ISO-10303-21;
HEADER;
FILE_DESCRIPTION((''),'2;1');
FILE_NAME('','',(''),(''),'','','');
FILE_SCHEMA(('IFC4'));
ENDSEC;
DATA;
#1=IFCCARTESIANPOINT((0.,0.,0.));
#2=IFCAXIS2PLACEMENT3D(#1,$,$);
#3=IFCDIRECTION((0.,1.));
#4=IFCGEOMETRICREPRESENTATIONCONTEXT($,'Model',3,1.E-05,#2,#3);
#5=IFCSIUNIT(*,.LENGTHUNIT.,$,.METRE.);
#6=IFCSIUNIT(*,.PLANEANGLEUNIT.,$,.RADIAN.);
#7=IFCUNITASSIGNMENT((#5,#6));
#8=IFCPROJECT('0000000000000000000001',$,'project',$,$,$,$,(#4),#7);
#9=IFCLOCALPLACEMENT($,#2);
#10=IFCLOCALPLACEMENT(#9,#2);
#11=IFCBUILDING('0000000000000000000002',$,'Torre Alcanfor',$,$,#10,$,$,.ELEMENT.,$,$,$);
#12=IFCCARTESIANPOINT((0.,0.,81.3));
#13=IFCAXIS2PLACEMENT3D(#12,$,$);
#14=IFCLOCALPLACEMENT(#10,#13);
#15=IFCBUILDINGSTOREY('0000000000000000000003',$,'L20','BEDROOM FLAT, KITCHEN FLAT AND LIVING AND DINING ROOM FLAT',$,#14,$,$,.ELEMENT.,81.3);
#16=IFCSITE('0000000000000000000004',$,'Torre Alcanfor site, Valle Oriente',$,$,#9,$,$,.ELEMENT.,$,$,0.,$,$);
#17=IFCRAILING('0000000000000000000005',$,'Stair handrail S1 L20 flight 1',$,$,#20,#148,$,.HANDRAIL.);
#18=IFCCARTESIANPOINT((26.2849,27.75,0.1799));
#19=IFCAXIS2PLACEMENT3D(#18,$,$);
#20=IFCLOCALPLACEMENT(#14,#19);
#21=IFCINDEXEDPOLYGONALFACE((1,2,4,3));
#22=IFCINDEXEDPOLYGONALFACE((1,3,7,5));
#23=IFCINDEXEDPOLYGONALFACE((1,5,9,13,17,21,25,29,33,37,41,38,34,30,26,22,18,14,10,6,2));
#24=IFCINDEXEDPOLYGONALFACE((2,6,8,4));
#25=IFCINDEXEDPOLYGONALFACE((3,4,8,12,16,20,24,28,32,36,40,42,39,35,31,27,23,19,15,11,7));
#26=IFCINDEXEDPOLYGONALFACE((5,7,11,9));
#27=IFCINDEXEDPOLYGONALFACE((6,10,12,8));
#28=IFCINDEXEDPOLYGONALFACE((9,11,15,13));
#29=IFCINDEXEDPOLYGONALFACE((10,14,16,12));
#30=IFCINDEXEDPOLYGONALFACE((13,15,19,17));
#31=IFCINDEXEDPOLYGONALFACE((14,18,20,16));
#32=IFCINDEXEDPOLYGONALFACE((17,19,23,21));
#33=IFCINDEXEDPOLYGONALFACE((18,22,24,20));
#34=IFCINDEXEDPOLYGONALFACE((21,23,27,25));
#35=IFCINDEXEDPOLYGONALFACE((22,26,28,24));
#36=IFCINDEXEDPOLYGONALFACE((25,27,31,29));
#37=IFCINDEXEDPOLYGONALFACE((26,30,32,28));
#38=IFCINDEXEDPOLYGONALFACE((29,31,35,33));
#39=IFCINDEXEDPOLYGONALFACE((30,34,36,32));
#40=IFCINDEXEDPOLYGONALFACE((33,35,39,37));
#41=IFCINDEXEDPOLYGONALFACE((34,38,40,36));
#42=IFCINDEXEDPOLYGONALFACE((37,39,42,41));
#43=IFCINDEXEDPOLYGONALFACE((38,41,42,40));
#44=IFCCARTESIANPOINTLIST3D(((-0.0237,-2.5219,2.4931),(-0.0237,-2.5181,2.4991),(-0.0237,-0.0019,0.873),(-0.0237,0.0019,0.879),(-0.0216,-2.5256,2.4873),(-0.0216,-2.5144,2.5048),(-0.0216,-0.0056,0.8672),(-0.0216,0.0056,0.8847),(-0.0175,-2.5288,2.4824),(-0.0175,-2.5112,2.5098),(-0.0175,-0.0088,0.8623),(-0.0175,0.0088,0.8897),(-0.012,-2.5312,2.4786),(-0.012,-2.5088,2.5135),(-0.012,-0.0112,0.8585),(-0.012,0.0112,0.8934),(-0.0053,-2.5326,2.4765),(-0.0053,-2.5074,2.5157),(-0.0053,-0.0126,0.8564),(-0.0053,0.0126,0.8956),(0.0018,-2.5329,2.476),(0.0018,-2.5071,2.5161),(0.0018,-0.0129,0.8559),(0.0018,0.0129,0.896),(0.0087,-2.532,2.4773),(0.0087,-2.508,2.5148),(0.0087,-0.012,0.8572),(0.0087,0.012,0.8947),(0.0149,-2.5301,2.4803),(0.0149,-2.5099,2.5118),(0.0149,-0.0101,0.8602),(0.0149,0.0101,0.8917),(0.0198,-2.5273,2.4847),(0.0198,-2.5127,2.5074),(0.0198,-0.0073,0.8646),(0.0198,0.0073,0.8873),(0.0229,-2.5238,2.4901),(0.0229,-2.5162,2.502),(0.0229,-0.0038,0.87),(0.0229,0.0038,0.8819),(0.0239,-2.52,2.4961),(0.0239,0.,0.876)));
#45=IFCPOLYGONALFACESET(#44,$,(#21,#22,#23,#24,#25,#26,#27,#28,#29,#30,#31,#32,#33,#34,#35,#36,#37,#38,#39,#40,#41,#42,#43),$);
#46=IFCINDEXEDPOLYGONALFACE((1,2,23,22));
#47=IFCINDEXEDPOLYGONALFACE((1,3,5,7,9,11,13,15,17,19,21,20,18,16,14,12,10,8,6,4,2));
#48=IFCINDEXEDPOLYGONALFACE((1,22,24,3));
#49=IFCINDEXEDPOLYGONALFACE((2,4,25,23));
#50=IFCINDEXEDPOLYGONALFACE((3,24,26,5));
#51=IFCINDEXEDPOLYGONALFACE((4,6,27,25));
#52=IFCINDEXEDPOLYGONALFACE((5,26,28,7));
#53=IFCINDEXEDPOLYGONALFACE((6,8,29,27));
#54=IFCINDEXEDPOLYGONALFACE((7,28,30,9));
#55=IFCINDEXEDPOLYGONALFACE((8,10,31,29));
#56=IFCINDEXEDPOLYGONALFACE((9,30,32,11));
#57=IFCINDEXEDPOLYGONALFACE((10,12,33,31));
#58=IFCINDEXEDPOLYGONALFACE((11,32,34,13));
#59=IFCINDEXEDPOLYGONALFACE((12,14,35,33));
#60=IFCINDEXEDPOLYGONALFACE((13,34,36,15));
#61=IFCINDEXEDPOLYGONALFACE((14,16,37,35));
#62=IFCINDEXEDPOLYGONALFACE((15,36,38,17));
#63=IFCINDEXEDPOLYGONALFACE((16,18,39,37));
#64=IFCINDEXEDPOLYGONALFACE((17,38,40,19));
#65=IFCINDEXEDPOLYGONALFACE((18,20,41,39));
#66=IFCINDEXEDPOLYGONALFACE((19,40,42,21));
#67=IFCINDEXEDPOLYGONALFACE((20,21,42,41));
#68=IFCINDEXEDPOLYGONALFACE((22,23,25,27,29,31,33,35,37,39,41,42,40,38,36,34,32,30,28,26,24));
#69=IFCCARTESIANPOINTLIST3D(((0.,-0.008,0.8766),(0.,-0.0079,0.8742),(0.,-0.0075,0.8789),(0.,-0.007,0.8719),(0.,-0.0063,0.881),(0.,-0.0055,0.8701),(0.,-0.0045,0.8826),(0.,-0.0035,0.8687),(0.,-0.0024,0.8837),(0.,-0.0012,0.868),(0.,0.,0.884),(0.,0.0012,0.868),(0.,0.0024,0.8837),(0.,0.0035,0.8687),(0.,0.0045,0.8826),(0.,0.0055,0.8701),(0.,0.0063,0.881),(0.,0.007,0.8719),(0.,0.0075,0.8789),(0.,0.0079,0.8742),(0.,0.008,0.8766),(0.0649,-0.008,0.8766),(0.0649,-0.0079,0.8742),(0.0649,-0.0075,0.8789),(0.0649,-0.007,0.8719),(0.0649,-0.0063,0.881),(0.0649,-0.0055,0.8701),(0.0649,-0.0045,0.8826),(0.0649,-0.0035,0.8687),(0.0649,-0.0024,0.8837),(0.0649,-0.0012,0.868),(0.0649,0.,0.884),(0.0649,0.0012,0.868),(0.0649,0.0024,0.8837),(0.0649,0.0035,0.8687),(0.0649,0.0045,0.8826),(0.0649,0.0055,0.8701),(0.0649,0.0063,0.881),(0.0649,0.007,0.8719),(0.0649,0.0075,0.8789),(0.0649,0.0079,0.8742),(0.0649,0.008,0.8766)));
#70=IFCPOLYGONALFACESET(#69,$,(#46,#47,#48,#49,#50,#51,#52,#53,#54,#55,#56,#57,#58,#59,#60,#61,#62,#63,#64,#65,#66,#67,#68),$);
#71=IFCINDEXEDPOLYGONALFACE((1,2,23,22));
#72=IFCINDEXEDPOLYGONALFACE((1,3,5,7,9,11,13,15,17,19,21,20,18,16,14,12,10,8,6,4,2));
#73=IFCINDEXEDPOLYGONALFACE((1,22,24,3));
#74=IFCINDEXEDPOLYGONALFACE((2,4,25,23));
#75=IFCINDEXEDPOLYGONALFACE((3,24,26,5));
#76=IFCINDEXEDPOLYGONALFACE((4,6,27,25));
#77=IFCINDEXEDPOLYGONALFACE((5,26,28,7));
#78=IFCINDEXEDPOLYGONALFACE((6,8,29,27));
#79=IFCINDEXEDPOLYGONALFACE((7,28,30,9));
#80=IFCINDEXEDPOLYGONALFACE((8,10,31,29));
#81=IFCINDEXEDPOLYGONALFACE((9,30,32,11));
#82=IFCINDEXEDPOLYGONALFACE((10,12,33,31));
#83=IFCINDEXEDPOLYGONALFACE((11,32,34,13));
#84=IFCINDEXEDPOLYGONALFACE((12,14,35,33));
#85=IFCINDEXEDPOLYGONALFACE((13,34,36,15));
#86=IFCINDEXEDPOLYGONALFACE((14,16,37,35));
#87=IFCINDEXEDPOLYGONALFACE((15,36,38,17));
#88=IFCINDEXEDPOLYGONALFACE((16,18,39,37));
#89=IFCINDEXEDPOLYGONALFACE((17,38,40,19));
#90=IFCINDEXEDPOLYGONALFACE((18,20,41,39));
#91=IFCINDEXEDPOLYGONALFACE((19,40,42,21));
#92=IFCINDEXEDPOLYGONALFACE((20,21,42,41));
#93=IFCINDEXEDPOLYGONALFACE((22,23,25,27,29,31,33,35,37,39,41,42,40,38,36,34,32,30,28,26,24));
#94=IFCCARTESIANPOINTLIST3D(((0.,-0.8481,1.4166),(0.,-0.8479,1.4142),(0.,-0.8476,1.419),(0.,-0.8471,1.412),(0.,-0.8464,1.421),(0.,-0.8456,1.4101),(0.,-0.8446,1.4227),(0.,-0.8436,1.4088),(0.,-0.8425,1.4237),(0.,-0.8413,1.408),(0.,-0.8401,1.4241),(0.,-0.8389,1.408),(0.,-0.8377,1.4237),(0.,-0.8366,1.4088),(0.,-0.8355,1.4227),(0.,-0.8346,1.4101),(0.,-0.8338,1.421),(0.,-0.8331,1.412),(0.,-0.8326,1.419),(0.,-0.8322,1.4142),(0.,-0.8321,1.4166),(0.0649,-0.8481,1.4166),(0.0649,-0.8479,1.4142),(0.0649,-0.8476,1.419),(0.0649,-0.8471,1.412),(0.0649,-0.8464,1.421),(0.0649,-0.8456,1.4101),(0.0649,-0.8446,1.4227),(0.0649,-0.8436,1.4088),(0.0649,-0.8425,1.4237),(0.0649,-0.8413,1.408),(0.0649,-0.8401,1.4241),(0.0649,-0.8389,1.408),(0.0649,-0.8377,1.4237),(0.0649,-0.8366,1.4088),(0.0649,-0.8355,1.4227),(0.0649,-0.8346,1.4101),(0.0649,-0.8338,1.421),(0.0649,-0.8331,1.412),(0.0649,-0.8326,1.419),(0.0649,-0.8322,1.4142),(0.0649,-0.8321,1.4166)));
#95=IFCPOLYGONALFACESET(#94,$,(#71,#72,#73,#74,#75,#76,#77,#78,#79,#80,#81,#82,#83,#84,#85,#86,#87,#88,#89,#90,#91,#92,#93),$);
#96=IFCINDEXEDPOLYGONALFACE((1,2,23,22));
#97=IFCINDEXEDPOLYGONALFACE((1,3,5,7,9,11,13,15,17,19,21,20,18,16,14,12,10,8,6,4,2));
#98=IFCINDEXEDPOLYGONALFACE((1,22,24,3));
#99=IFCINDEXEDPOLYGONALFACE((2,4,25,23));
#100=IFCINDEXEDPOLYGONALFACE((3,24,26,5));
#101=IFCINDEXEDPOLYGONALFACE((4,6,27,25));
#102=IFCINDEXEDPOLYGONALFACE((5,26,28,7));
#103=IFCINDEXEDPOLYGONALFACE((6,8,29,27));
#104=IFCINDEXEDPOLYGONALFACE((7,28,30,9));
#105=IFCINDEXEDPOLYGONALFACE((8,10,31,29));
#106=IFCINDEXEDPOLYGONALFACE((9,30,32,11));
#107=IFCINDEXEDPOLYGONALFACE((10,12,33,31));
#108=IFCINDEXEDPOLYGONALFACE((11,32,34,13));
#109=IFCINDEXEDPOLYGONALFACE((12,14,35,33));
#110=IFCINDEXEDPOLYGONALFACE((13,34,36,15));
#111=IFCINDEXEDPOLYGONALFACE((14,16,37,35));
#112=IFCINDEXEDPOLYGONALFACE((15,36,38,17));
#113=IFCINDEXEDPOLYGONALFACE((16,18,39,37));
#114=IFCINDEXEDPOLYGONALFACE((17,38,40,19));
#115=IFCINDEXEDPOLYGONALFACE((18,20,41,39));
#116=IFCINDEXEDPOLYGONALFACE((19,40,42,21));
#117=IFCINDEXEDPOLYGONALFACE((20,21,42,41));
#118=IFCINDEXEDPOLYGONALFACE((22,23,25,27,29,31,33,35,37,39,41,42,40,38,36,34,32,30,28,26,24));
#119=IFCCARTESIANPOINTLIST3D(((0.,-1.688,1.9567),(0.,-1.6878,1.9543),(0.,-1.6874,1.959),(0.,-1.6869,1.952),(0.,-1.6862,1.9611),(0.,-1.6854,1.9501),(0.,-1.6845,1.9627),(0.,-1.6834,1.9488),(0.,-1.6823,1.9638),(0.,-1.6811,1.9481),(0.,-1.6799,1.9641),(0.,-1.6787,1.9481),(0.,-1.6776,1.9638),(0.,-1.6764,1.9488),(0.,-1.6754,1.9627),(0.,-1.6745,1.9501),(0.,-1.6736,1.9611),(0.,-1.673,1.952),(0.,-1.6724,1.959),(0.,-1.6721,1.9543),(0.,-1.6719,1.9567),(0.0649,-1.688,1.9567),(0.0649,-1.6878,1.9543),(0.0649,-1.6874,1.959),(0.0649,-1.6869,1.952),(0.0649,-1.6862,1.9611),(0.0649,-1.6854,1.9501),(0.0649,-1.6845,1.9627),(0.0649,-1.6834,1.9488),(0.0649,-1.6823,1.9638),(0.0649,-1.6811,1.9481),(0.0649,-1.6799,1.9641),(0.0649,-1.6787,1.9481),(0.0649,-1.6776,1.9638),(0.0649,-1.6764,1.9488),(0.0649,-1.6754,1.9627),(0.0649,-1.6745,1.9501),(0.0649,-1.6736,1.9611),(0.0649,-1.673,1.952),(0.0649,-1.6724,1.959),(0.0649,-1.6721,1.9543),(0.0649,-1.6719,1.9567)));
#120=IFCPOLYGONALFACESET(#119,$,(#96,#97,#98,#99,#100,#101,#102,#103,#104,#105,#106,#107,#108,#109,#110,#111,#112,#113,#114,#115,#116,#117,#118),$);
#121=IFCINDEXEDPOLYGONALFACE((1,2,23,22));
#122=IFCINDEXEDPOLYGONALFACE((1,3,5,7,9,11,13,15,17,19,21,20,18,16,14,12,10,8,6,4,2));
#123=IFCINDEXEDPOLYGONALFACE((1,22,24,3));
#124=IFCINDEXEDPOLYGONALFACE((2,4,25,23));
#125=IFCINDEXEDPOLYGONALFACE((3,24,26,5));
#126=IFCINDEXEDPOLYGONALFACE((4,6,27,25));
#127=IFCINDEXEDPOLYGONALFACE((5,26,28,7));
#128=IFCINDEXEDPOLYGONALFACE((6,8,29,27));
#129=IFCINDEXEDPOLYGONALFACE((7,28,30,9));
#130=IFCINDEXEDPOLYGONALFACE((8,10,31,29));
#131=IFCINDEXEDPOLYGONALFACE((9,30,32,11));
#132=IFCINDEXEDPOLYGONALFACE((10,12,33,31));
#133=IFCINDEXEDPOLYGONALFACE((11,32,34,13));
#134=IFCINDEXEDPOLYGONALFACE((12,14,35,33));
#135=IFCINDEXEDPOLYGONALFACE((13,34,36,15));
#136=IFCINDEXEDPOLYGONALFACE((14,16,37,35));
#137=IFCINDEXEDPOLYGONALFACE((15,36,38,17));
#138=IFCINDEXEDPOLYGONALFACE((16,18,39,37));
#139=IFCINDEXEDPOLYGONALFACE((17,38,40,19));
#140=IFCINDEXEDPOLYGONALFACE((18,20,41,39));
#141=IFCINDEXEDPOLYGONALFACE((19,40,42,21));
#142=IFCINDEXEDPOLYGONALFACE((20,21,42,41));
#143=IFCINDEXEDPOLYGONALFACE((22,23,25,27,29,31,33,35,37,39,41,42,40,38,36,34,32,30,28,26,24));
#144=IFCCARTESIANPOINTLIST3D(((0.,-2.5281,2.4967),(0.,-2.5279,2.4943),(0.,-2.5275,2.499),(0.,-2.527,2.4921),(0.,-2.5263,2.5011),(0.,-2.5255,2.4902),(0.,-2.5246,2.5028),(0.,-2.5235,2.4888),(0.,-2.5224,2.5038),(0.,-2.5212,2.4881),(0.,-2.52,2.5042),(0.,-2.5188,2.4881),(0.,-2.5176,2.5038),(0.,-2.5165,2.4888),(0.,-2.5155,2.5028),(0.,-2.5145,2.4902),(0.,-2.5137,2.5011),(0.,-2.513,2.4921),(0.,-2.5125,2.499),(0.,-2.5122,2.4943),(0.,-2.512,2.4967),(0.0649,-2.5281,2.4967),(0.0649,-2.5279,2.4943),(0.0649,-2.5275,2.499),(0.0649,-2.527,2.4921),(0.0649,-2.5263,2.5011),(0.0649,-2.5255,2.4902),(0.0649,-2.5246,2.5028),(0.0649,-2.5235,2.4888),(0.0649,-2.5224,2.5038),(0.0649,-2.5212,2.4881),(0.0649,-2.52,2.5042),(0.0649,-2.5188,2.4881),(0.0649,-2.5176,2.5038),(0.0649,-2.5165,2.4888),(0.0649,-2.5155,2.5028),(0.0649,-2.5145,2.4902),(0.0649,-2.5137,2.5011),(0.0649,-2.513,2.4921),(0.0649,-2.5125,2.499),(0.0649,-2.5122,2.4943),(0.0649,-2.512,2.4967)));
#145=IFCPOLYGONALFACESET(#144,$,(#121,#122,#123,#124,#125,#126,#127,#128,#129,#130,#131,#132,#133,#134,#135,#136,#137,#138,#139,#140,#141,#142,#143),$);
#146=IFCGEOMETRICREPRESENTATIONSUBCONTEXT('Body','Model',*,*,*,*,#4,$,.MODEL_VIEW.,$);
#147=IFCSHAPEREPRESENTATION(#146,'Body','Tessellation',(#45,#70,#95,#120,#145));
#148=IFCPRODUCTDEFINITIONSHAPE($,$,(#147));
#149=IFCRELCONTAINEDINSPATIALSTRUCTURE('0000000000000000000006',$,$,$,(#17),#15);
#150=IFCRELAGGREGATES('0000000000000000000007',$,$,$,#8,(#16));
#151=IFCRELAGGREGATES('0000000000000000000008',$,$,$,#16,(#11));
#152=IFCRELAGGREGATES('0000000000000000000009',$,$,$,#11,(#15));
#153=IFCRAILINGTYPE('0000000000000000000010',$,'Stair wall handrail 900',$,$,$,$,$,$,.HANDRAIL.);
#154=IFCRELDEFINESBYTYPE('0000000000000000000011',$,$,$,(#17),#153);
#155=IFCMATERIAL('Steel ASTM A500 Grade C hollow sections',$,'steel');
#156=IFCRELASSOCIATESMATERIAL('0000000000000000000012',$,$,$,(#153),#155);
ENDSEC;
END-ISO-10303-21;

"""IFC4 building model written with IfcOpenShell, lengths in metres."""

from ifc_helpers import new_model, si_unit, direction, frame, origin, origin_2d, place, context, subcontext, project, spatial, circle, extrude, material, type_object, element, save


model = new_model("IFC4")

# Units and contexts
model_context = context("Model", 3, precision=1e-05, world=origin(), true_north=direction((0.0, 1.0)))
body_context = subcontext(model_context, "Body", "Model", "MODEL_VIEW")
ifc_project = project(units=[si_unit("LENGTHUNIT", "METRE"), si_unit("PLANEANGLEUNIT", "RADIAN")], contexts=[model_context])

# Site, building, storey
site_placement = place(None, origin())
site = spatial("IfcSite", under=ifc_project, at=site_placement, Name="Torre Alcanfor site, Valle Oriente", CompositionType="ELEMENT", RefElevation=0.0)
building_placement = place(site_placement, origin())
building = spatial("IfcBuilding", under=site, at=building_placement, Name="Torre Alcanfor", CompositionType="ELEMENT")
storey_placement = place(building_placement, frame((0.0, 0.0, 81.3)))
storey = spatial("IfcBuildingStorey", under=building, at=storey_placement, Name="L20", Description="BEDROOM FLAT, KITCHEN FLAT AND LIVING AND DINING ROOM FLAT", CompositionType="ELEMENT", Elevation=81.3)

# Railing
ifc_material_1 = material(Name="Steel ASTM A500 Grade C hollow sections", Category="steel")
railing_type_1 = type_object("IfcRailingType", Name="Stair wall handrail 900", PredefinedType="HANDRAIL", material=ifc_material_1)
railing_1_placement = place(storey_placement, frame((26.2849, 27.75, 0.1799)))
element("IfcRailing", 1, at=railing_1_placement, inside=storey, type_object=railing_type_1, Name="Stair handrail S1 L20 flight 1", PredefinedType="HANDRAIL", context=body_context, shape_type="SweptSolid", body=[
    extrude(circle(Radius=0.0239, at=origin_2d()), frame((0.0, 0.0, 0.876), z_axis=(0.0, -0.841163, 0.540782), x_axis=(1.0, 0.0, 0.0)), (0.0, 0.0, 1.0), 2.9958),
    extrude(circle(Radius=0.0081, at=origin_2d()), frame((0.0, 0.0, 0.876), z_axis=(1.0, 0.0, 0.0), x_axis=(0.0, 0.0, 1.0)), (0.0, 0.0, 1.0), 0.0649),
    extrude(circle(Radius=0.0081, at=origin_2d()), frame((0.0, -0.8401, 1.416), z_axis=(1.0, 0.0, 0.0), x_axis=(0.0, 0.0, 1.0)), (0.0, 0.0, 1.0), 0.0649),
    extrude(circle(Radius=0.0081, at=origin_2d()), frame((0.0, -1.6799, 1.9561), z_axis=(1.0, 0.0, 0.0), x_axis=(0.0, 0.0, 1.0)), (0.0, 0.0, 1.0), 0.0649),
    extrude(circle(Radius=0.0081, at=origin_2d()), frame((0.0, -2.52, 2.4961), z_axis=(1.0, 0.0, 0.0), x_axis=(0.0, 0.0, 1.0)), (0.0, 0.0, 1.0), 0.0649),
])

save(model, "model.ifc")
